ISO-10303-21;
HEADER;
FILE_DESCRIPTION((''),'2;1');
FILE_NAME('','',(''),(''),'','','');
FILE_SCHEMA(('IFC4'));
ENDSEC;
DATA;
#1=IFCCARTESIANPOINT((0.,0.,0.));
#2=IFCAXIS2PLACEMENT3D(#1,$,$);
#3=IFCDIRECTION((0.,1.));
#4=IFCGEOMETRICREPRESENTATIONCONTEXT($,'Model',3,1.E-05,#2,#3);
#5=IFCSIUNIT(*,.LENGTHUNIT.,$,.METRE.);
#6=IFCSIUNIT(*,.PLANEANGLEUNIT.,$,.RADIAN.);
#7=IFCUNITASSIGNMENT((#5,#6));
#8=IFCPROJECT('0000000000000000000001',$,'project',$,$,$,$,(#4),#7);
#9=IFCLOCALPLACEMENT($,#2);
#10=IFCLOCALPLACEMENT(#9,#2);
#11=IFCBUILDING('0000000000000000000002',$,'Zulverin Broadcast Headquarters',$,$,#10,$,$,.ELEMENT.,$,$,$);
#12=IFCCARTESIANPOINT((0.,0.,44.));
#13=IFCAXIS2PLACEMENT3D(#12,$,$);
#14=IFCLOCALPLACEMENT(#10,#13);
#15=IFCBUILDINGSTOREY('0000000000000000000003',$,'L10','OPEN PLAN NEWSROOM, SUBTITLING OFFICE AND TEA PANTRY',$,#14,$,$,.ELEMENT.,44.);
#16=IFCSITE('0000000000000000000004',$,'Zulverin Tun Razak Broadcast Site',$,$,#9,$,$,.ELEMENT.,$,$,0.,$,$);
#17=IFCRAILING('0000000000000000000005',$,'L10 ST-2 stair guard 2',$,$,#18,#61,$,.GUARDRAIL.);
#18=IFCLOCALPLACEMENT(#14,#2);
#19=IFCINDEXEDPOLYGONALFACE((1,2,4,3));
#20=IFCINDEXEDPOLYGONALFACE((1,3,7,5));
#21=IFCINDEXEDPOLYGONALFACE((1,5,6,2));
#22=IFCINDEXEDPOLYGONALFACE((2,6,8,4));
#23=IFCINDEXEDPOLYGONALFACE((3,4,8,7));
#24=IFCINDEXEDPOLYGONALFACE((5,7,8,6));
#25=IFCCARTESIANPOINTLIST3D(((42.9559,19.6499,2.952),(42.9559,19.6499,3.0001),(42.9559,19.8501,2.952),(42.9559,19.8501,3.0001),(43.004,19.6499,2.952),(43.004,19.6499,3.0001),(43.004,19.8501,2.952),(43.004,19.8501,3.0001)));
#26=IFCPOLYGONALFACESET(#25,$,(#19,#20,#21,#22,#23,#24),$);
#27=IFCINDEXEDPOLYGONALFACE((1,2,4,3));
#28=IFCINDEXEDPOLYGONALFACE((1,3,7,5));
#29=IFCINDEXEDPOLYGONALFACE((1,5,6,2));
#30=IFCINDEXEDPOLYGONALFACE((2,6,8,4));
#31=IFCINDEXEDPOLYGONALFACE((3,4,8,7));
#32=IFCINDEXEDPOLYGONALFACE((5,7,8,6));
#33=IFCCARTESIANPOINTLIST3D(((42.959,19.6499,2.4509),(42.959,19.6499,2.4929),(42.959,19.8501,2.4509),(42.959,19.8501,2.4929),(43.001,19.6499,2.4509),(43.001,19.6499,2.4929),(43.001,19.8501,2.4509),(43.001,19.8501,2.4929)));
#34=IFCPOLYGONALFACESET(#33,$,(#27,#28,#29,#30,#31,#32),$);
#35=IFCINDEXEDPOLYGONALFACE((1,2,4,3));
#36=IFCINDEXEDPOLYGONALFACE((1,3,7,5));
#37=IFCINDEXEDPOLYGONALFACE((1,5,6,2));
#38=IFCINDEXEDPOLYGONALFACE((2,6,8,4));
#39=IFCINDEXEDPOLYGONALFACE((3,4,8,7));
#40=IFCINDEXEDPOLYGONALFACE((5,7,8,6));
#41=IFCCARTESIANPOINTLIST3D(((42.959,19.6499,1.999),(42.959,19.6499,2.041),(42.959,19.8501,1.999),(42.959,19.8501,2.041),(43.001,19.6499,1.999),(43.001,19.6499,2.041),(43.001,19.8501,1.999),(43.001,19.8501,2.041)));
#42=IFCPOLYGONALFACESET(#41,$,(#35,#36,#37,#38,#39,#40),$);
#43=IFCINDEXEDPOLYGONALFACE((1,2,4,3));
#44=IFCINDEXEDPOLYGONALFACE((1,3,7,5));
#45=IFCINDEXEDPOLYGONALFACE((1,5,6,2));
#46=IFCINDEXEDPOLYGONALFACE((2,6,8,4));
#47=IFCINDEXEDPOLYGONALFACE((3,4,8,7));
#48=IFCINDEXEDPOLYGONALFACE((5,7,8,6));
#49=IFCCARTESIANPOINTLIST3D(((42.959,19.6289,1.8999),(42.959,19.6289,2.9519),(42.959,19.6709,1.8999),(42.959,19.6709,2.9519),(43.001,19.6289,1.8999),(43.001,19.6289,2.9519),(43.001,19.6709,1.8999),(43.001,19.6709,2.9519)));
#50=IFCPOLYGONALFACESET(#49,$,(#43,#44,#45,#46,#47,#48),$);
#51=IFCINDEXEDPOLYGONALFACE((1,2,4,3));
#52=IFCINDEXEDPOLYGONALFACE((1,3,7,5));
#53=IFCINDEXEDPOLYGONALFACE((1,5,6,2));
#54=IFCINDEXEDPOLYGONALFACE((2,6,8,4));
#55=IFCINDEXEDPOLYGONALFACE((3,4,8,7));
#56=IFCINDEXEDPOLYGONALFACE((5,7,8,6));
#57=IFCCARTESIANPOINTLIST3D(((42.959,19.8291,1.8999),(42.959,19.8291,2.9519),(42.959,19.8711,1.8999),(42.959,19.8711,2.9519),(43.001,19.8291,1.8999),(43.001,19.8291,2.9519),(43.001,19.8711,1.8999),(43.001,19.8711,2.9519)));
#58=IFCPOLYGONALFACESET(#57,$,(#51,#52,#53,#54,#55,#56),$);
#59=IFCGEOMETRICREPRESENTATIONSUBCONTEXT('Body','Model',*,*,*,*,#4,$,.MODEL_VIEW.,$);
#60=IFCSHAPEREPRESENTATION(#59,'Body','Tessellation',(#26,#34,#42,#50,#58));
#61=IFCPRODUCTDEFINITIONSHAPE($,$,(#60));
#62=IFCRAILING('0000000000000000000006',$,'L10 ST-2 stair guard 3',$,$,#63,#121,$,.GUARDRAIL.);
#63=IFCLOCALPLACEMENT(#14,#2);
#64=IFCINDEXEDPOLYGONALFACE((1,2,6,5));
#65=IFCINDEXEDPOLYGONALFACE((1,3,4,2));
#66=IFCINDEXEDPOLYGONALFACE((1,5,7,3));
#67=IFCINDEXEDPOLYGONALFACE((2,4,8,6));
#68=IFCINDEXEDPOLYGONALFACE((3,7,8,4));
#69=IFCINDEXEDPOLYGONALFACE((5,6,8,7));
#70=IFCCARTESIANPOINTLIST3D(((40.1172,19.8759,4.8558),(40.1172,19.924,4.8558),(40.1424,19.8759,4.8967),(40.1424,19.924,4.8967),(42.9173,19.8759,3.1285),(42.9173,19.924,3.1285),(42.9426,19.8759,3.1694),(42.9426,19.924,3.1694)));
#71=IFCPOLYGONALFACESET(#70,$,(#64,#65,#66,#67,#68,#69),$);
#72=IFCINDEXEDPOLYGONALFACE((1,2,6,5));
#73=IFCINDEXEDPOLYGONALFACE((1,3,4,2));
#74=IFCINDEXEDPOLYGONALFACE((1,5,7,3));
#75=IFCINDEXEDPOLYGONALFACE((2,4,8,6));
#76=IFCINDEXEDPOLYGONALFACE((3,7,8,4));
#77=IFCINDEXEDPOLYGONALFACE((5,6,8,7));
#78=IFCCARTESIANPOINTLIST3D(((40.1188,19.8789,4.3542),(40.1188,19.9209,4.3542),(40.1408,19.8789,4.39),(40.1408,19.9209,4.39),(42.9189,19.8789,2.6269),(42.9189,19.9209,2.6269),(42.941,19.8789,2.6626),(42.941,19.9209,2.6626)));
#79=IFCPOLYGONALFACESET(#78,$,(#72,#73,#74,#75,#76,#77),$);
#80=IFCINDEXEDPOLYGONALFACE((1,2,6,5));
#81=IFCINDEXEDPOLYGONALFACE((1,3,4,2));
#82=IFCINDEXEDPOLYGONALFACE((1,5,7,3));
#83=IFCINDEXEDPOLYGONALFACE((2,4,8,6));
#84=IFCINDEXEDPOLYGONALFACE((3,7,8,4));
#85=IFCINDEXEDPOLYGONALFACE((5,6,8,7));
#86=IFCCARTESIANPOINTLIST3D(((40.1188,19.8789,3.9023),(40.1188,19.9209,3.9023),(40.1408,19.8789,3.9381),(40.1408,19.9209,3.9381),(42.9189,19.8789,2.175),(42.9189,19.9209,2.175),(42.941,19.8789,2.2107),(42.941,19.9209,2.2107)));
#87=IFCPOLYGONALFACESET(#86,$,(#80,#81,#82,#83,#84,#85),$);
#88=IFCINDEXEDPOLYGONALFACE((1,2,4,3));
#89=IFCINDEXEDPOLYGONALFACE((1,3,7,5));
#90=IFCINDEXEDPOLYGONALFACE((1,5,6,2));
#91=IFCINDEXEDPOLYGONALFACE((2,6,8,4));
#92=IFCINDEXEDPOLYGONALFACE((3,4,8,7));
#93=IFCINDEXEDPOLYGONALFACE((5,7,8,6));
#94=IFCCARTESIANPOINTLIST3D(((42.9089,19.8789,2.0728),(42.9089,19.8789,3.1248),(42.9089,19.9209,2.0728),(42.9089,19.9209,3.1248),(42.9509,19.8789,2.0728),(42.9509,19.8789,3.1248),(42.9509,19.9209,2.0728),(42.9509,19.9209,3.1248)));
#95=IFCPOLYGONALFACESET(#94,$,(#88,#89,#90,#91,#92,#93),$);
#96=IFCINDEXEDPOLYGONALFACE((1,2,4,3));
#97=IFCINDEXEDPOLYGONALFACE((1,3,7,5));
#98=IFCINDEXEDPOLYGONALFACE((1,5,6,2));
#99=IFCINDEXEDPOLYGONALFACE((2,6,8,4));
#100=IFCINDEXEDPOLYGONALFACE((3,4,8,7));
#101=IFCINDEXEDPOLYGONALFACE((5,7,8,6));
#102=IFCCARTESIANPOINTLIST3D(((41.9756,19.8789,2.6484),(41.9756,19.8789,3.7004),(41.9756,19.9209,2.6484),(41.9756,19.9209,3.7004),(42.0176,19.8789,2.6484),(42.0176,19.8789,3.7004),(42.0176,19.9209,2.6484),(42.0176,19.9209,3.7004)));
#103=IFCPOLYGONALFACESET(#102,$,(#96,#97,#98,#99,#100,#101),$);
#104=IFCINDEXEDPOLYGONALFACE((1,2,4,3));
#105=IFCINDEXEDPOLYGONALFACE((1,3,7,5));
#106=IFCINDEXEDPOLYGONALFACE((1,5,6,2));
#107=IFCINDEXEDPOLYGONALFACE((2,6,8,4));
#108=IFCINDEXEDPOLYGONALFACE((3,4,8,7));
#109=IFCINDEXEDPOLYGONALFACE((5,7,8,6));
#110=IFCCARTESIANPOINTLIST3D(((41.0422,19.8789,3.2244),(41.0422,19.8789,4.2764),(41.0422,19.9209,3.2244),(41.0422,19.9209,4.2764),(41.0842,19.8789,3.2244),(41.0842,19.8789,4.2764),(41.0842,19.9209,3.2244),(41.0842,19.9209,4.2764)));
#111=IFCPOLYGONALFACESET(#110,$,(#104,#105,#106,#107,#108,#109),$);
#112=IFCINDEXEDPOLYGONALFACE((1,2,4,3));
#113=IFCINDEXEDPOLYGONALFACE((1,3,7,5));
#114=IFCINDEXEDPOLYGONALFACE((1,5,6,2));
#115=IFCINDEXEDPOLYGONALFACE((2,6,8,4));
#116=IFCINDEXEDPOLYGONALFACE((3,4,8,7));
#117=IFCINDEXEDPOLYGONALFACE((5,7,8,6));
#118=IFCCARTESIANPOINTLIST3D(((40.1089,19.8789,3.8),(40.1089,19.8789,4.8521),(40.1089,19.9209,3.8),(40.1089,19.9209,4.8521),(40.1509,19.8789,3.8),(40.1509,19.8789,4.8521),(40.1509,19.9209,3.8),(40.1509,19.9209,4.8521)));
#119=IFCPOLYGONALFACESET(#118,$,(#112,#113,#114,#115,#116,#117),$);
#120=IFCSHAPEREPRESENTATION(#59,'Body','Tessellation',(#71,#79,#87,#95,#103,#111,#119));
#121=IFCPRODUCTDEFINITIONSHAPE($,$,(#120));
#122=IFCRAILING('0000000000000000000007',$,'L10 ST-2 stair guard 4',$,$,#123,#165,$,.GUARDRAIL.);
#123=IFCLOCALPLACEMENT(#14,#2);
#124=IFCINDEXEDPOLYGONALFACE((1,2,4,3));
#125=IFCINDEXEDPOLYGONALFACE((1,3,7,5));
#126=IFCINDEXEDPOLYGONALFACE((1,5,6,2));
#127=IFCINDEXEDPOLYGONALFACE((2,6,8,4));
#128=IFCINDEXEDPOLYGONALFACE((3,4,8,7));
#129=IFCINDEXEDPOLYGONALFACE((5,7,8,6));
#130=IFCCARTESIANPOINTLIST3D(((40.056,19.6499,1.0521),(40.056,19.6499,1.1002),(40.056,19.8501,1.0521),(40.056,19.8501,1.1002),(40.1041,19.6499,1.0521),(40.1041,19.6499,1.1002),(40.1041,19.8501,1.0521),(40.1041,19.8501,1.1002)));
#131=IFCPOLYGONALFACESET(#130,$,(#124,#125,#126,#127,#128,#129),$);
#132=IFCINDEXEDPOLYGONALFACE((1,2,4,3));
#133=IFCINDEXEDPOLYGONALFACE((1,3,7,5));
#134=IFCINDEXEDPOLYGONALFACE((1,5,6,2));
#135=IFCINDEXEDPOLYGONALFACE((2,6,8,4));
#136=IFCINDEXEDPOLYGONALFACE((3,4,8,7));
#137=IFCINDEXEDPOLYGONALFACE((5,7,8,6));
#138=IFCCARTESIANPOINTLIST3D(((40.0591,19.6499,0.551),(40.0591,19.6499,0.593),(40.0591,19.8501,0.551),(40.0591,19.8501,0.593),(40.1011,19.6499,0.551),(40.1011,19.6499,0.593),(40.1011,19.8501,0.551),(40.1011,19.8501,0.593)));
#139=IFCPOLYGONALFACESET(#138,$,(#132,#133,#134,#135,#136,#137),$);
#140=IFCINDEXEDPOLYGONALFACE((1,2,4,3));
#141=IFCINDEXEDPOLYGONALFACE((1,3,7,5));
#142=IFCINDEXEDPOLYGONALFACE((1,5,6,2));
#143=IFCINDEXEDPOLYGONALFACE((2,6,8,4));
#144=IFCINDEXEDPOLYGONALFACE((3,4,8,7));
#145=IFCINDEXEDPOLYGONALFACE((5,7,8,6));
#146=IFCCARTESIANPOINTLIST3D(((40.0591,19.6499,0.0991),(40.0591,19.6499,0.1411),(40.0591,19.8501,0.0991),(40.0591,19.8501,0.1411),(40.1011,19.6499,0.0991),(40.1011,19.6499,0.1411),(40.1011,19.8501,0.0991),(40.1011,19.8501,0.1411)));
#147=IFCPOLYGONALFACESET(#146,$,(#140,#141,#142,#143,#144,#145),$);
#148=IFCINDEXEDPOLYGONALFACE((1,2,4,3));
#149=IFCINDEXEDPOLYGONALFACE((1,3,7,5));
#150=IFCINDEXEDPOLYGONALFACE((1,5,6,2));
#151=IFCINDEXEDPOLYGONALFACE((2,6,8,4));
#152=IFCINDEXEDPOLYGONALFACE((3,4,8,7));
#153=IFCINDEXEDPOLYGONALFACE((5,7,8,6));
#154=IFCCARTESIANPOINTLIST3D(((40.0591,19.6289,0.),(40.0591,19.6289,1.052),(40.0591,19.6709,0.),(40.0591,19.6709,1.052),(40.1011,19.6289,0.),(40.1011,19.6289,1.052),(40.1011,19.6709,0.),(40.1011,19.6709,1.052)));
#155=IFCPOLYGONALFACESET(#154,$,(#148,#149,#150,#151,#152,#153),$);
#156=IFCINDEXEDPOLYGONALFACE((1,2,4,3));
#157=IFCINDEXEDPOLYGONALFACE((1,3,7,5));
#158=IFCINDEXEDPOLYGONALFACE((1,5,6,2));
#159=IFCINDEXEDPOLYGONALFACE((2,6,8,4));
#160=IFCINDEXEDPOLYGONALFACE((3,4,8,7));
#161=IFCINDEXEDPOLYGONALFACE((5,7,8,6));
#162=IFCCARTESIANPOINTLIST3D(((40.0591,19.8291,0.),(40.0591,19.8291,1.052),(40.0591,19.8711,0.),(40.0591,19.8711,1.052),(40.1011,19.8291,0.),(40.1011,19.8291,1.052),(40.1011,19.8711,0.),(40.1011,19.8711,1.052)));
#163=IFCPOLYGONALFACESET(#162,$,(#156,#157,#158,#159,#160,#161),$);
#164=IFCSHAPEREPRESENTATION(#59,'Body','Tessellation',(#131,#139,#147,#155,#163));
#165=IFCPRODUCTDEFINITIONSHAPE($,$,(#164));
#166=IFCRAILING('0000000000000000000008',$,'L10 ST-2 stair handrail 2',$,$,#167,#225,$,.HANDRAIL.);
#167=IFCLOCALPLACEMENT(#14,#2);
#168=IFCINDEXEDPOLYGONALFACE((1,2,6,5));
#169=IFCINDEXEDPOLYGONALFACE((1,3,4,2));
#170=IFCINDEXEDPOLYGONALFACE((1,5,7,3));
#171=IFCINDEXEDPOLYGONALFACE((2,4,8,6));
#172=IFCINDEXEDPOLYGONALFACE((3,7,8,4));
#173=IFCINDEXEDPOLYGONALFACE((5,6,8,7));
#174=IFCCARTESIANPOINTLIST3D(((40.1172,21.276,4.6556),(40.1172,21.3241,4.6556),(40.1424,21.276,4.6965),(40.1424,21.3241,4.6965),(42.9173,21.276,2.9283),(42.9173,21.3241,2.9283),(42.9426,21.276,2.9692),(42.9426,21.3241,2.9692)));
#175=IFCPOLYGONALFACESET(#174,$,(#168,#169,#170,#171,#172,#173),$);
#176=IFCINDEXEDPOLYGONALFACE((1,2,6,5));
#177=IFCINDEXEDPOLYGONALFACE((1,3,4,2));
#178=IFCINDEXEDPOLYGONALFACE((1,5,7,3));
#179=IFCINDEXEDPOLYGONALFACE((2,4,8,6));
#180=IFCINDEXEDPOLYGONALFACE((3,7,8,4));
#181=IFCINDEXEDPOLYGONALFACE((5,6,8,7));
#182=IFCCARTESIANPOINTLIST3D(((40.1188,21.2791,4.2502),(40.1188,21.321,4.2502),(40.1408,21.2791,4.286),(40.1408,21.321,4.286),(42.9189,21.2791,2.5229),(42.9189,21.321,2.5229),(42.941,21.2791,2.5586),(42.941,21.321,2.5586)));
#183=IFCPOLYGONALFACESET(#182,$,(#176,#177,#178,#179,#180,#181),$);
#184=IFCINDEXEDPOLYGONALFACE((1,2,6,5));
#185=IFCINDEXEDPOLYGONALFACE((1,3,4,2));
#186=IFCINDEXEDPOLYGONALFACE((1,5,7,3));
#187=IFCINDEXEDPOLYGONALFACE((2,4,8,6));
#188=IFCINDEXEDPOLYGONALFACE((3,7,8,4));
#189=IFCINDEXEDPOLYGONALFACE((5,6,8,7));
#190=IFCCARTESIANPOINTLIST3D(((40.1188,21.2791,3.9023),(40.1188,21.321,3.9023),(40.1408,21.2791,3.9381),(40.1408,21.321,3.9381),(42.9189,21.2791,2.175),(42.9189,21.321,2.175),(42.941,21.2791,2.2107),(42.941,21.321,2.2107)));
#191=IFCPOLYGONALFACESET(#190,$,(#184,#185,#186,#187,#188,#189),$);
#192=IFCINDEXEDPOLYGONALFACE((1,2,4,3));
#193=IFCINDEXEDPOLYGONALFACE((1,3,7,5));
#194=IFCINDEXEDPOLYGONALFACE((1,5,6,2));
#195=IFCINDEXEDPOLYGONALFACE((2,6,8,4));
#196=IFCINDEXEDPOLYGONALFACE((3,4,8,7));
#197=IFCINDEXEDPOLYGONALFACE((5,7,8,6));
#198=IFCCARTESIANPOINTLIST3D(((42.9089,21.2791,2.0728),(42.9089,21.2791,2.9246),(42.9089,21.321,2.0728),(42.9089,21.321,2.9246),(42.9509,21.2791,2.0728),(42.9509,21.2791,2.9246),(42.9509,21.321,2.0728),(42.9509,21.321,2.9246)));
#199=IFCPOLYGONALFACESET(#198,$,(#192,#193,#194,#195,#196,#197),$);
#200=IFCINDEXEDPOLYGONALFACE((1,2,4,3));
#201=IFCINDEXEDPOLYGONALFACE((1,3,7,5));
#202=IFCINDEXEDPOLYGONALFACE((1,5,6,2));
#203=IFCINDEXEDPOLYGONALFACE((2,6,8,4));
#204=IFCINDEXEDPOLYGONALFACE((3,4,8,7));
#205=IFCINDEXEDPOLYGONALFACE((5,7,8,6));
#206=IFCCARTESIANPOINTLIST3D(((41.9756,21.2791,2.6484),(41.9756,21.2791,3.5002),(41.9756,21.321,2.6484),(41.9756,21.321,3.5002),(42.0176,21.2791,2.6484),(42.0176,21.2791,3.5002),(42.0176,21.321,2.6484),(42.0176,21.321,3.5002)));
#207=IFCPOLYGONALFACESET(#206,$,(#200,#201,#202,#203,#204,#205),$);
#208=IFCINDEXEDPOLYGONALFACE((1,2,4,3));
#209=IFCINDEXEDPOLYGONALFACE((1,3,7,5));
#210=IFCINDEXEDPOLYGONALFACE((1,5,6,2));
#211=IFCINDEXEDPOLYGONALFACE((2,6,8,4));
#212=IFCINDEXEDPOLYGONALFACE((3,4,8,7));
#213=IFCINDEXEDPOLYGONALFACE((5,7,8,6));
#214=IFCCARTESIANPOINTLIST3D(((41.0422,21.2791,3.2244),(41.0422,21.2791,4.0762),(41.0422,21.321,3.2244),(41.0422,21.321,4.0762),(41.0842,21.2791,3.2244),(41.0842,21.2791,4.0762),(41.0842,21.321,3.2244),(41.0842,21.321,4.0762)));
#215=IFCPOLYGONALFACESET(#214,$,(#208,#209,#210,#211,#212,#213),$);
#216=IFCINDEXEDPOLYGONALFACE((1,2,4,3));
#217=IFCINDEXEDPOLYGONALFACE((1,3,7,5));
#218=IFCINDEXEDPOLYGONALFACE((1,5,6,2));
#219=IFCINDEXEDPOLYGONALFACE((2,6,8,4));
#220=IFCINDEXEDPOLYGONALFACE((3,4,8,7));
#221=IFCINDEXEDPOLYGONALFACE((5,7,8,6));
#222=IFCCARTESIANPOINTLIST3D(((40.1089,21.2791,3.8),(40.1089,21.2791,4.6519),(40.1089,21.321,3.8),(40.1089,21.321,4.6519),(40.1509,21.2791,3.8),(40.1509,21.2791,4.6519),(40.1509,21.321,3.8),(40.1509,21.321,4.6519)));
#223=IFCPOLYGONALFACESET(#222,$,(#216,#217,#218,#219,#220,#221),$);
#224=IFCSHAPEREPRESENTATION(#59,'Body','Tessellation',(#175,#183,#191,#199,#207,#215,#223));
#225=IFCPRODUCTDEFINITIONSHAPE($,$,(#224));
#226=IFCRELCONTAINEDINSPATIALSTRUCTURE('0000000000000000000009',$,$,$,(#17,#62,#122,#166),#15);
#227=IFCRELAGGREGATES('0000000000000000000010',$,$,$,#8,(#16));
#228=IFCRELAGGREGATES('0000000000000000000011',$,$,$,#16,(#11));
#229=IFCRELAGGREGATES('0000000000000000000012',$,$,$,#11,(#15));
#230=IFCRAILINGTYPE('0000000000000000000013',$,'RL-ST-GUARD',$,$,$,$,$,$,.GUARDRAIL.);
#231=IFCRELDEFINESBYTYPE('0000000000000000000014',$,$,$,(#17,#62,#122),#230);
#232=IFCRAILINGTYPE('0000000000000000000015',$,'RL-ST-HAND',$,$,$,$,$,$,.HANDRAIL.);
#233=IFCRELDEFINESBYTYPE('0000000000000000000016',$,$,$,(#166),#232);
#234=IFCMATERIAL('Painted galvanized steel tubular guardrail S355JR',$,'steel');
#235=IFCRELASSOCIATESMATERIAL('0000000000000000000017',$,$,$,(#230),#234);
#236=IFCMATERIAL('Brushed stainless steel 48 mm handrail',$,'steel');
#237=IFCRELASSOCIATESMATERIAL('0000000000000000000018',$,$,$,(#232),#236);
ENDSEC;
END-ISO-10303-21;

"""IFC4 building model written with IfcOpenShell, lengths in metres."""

from ifc_helpers import new_model, si_unit, direction, frame, origin, origin_2d, place, context, subcontext, project, spatial, rectangle, extrude, material, type_object, element, save


model = new_model("IFC4")

# Units and contexts
model_context = context("Model", 3, precision=1e-05, world=origin(), true_north=direction((0.0, 1.0)))
body_context = subcontext(model_context, "Body", "Model", "MODEL_VIEW")
ifc_project = project(units=[si_unit("LENGTHUNIT", "METRE"), si_unit("PLANEANGLEUNIT", "RADIAN")], contexts=[model_context])

# Site, building, storey
site_placement = place(None, origin())
site = spatial("IfcSite", under=ifc_project, at=site_placement, Name="Zulverin Tun Razak Broadcast Site", CompositionType="ELEMENT", RefElevation=0.0)
building_placement = place(site_placement, origin())
building = spatial("IfcBuilding", under=site, at=building_placement, Name="Zulverin Broadcast Headquarters", CompositionType="ELEMENT")
storey_placement = place(building_placement, frame((0.0, 0.0, 44.0)))
storey = spatial("IfcBuildingStorey", under=building, at=storey_placement, Name="L10", Description="OPEN PLAN NEWSROOM, SUBTITLING OFFICE AND TEA PANTRY", CompositionType="ELEMENT", Elevation=44.0)

# Railings
ifc_material_1 = material(Name="Painted galvanized steel tubular guardrail S355JR", Category="steel")
railing_type_1 = type_object("IfcRailingType", Name="RL-ST-GUARD", PredefinedType="GUARDRAIL", material=ifc_material_1)
railing_1_placement = place(storey_placement, frame((42.98, 19.6499, 1.8999)))
element("IfcRailing", 1, at=railing_1_placement, inside=storey, type_object=railing_type_1, Name="L10 ST-2 stair guard 2", PredefinedType="GUARDRAIL", context=body_context, shape_type="SweptSolid", body=[
    extrude(rectangle(XDim=0.0481, YDim=0.0481, at=origin_2d()), frame((0.0, 0.0, 1.0762), z_axis=(0.0, 1.0, 0.0), x_axis=(-1.0, 0.0, 0.0)), (0.0, 0.0, 1.0), 0.2002),
    extrude(rectangle(XDim=0.042, YDim=0.042, at=origin_2d()), frame((0.0, 0.0, 0.572), z_axis=(0.0, 1.0, 0.0), x_axis=(-1.0, 0.0, 0.0)), (0.0, 0.0, 1.0), 0.2002),
    extrude(rectangle(XDim=0.042, YDim=0.042, at=origin_2d()), frame((0.0, 0.0, 0.1201), z_axis=(0.0, 1.0, 0.0), x_axis=(-1.0, 0.0, 0.0)), (0.0, 0.0, 1.0), 0.2002),
    extrude(rectangle(XDim=0.042, YDim=0.042, at=origin_2d()), origin(), (0.0, 0.0, 1.0), 1.052),
    extrude(rectangle(XDim=0.042, YDim=0.042, at=origin_2d()), frame((0.0, 0.2002, 0.0)), (0.0, 0.0, 1.0), 1.052),
])
railing_2_placement = place(storey_placement, frame((42.9299, 19.8999, 2.0728)))
element("IfcRailing", 2, at=railing_2_placement, inside=storey, type_object=railing_type_1, Name="L10 ST-2 stair guard 3", PredefinedType="GUARDRAIL", context=body_context, shape_type="SweptSolid", body=[
    extrude(rectangle(XDim=0.0481, YDim=0.0481, at=origin_2d()), frame((0.0, 0.0, 1.0762), z_axis=(-0.85109, 0.0, 0.52502), x_axis=(0.0, -1.0, 0.0)), (0.0, 0.0, 1.0), 3.29),
    extrude(rectangle(XDim=0.042, YDim=0.042, at=origin_2d()), frame((0.0, 0.0, 0.572), z_axis=(-0.85109, 0.0, 0.52502), x_axis=(0.0, -1.0, 0.0)), (0.0, 0.0, 1.0), 3.29),
    extrude(rectangle(XDim=0.042, YDim=0.042, at=origin_2d()), frame((0.0, 0.0, 0.1201), z_axis=(-0.85109, 0.0, 0.52502), x_axis=(0.0, -1.0, 0.0)), (0.0, 0.0, 1.0), 3.29),
    extrude(rectangle(XDim=0.042, YDim=0.042, at=origin_2d()), origin(), (0.0, 0.0, 1.0), 1.052),
    extrude(rectangle(XDim=0.042, YDim=0.042, at=origin_2d()), frame((-0.9333, 0.0, 0.5757)), (0.0, 0.0, 1.0), 1.052),
    extrude(rectangle(XDim=0.042, YDim=0.042, at=origin_2d()), frame((-1.8667, 0.0, 1.1516)), (0.0, 0.0, 1.0), 1.052),
    extrude(rectangle(XDim=0.042, YDim=0.042, at=origin_2d()), frame((-2.8, 0.0, 1.7273)), (0.0, 0.0, 1.0), 1.052),
])
railing_3_placement = place(storey_placement, frame((40.0801, 19.6499, 0.0)))
element("IfcRailing", 3, at=railing_3_placement, inside=storey, type_object=railing_type_1, Name="L10 ST-2 stair guard 4", PredefinedType="GUARDRAIL", context=body_context, shape_type="SweptSolid", body=[
    extrude(rectangle(XDim=0.0481, YDim=0.0481, at=origin_2d()), frame((0.0, 0.0, 1.0762), z_axis=(0.0, 1.0, 0.0), x_axis=(-1.0, 0.0, 0.0)), (0.0, 0.0, 1.0), 0.2002),
    extrude(rectangle(XDim=0.042, YDim=0.042, at=origin_2d()), frame((0.0, 0.0, 0.572), z_axis=(0.0, 1.0, 0.0), x_axis=(-1.0, 0.0, 0.0)), (0.0, 0.0, 1.0), 0.2002),
    extrude(rectangle(XDim=0.042, YDim=0.042, at=origin_2d()), frame((0.0, 0.0, 0.1201), z_axis=(0.0, 1.0, 0.0), x_axis=(-1.0, 0.0, 0.0)), (0.0, 0.0, 1.0), 0.2002),
    extrude(rectangle(XDim=0.042, YDim=0.042, at=origin_2d()), origin(), (0.0, 0.0, 1.0), 1.052),
    extrude(rectangle(XDim=0.042, YDim=0.042, at=origin_2d()), frame((0.0, 0.2002, 0.0)), (0.0, 0.0, 1.0), 1.052),
])
ifc_material_2 = material(Name="Brushed stainless steel 48 mm handrail", Category="steel")
railing_type_2 = type_object("IfcRailingType", Name="RL-ST-HAND", PredefinedType="HANDRAIL", material=ifc_material_2)
railing_4_placement = place(storey_placement, frame((42.9299, 21.3, 2.0728)))
element("IfcRailing", 4, at=railing_4_placement, inside=storey, type_object=railing_type_2, Name="L10 ST-2 stair handrail 2", PredefinedType="HANDRAIL", context=body_context, shape_type="SweptSolid", body=[
    extrude(rectangle(XDim=0.0481, YDim=0.0481, at=origin_2d()), frame((0.0, 0.0, 0.876), z_axis=(-0.85109, 0.0, 0.52502), x_axis=(0.0, -1.0, 0.0)), (0.0, 0.0, 1.0), 3.29),
    extrude(rectangle(XDim=0.042, YDim=0.042, at=origin_2d()), frame((0.0, 0.0, 0.468), z_axis=(-0.85109, 0.0, 0.52502), x_axis=(0.0, -1.0, 0.0)), (0.0, 0.0, 1.0), 3.29),
    extrude(rectangle(XDim=0.042, YDim=0.042, at=origin_2d()), frame((0.0, 0.0, 0.1201), z_axis=(-0.85109, 0.0, 0.52502), x_axis=(0.0, -1.0, 0.0)), (0.0, 0.0, 1.0), 3.29),
    extrude(rectangle(XDim=0.042, YDim=0.042, at=origin_2d()), origin(), (0.0, 0.0, 1.0), 0.8518),
    extrude(rectangle(XDim=0.042, YDim=0.042, at=origin_2d()), frame((-0.9333, 0.0, 0.5757)), (0.0, 0.0, 1.0), 0.8518),
    extrude(rectangle(XDim=0.042, YDim=0.042, at=origin_2d()), frame((-1.8667, 0.0, 1.1516)), (0.0, 0.0, 1.0), 0.8518),
    extrude(rectangle(XDim=0.042, YDim=0.042, at=origin_2d()), frame((-2.8, 0.0, 1.7273)), (0.0, 0.0, 1.0), 0.8518),
])

save(model, "model.ifc")
